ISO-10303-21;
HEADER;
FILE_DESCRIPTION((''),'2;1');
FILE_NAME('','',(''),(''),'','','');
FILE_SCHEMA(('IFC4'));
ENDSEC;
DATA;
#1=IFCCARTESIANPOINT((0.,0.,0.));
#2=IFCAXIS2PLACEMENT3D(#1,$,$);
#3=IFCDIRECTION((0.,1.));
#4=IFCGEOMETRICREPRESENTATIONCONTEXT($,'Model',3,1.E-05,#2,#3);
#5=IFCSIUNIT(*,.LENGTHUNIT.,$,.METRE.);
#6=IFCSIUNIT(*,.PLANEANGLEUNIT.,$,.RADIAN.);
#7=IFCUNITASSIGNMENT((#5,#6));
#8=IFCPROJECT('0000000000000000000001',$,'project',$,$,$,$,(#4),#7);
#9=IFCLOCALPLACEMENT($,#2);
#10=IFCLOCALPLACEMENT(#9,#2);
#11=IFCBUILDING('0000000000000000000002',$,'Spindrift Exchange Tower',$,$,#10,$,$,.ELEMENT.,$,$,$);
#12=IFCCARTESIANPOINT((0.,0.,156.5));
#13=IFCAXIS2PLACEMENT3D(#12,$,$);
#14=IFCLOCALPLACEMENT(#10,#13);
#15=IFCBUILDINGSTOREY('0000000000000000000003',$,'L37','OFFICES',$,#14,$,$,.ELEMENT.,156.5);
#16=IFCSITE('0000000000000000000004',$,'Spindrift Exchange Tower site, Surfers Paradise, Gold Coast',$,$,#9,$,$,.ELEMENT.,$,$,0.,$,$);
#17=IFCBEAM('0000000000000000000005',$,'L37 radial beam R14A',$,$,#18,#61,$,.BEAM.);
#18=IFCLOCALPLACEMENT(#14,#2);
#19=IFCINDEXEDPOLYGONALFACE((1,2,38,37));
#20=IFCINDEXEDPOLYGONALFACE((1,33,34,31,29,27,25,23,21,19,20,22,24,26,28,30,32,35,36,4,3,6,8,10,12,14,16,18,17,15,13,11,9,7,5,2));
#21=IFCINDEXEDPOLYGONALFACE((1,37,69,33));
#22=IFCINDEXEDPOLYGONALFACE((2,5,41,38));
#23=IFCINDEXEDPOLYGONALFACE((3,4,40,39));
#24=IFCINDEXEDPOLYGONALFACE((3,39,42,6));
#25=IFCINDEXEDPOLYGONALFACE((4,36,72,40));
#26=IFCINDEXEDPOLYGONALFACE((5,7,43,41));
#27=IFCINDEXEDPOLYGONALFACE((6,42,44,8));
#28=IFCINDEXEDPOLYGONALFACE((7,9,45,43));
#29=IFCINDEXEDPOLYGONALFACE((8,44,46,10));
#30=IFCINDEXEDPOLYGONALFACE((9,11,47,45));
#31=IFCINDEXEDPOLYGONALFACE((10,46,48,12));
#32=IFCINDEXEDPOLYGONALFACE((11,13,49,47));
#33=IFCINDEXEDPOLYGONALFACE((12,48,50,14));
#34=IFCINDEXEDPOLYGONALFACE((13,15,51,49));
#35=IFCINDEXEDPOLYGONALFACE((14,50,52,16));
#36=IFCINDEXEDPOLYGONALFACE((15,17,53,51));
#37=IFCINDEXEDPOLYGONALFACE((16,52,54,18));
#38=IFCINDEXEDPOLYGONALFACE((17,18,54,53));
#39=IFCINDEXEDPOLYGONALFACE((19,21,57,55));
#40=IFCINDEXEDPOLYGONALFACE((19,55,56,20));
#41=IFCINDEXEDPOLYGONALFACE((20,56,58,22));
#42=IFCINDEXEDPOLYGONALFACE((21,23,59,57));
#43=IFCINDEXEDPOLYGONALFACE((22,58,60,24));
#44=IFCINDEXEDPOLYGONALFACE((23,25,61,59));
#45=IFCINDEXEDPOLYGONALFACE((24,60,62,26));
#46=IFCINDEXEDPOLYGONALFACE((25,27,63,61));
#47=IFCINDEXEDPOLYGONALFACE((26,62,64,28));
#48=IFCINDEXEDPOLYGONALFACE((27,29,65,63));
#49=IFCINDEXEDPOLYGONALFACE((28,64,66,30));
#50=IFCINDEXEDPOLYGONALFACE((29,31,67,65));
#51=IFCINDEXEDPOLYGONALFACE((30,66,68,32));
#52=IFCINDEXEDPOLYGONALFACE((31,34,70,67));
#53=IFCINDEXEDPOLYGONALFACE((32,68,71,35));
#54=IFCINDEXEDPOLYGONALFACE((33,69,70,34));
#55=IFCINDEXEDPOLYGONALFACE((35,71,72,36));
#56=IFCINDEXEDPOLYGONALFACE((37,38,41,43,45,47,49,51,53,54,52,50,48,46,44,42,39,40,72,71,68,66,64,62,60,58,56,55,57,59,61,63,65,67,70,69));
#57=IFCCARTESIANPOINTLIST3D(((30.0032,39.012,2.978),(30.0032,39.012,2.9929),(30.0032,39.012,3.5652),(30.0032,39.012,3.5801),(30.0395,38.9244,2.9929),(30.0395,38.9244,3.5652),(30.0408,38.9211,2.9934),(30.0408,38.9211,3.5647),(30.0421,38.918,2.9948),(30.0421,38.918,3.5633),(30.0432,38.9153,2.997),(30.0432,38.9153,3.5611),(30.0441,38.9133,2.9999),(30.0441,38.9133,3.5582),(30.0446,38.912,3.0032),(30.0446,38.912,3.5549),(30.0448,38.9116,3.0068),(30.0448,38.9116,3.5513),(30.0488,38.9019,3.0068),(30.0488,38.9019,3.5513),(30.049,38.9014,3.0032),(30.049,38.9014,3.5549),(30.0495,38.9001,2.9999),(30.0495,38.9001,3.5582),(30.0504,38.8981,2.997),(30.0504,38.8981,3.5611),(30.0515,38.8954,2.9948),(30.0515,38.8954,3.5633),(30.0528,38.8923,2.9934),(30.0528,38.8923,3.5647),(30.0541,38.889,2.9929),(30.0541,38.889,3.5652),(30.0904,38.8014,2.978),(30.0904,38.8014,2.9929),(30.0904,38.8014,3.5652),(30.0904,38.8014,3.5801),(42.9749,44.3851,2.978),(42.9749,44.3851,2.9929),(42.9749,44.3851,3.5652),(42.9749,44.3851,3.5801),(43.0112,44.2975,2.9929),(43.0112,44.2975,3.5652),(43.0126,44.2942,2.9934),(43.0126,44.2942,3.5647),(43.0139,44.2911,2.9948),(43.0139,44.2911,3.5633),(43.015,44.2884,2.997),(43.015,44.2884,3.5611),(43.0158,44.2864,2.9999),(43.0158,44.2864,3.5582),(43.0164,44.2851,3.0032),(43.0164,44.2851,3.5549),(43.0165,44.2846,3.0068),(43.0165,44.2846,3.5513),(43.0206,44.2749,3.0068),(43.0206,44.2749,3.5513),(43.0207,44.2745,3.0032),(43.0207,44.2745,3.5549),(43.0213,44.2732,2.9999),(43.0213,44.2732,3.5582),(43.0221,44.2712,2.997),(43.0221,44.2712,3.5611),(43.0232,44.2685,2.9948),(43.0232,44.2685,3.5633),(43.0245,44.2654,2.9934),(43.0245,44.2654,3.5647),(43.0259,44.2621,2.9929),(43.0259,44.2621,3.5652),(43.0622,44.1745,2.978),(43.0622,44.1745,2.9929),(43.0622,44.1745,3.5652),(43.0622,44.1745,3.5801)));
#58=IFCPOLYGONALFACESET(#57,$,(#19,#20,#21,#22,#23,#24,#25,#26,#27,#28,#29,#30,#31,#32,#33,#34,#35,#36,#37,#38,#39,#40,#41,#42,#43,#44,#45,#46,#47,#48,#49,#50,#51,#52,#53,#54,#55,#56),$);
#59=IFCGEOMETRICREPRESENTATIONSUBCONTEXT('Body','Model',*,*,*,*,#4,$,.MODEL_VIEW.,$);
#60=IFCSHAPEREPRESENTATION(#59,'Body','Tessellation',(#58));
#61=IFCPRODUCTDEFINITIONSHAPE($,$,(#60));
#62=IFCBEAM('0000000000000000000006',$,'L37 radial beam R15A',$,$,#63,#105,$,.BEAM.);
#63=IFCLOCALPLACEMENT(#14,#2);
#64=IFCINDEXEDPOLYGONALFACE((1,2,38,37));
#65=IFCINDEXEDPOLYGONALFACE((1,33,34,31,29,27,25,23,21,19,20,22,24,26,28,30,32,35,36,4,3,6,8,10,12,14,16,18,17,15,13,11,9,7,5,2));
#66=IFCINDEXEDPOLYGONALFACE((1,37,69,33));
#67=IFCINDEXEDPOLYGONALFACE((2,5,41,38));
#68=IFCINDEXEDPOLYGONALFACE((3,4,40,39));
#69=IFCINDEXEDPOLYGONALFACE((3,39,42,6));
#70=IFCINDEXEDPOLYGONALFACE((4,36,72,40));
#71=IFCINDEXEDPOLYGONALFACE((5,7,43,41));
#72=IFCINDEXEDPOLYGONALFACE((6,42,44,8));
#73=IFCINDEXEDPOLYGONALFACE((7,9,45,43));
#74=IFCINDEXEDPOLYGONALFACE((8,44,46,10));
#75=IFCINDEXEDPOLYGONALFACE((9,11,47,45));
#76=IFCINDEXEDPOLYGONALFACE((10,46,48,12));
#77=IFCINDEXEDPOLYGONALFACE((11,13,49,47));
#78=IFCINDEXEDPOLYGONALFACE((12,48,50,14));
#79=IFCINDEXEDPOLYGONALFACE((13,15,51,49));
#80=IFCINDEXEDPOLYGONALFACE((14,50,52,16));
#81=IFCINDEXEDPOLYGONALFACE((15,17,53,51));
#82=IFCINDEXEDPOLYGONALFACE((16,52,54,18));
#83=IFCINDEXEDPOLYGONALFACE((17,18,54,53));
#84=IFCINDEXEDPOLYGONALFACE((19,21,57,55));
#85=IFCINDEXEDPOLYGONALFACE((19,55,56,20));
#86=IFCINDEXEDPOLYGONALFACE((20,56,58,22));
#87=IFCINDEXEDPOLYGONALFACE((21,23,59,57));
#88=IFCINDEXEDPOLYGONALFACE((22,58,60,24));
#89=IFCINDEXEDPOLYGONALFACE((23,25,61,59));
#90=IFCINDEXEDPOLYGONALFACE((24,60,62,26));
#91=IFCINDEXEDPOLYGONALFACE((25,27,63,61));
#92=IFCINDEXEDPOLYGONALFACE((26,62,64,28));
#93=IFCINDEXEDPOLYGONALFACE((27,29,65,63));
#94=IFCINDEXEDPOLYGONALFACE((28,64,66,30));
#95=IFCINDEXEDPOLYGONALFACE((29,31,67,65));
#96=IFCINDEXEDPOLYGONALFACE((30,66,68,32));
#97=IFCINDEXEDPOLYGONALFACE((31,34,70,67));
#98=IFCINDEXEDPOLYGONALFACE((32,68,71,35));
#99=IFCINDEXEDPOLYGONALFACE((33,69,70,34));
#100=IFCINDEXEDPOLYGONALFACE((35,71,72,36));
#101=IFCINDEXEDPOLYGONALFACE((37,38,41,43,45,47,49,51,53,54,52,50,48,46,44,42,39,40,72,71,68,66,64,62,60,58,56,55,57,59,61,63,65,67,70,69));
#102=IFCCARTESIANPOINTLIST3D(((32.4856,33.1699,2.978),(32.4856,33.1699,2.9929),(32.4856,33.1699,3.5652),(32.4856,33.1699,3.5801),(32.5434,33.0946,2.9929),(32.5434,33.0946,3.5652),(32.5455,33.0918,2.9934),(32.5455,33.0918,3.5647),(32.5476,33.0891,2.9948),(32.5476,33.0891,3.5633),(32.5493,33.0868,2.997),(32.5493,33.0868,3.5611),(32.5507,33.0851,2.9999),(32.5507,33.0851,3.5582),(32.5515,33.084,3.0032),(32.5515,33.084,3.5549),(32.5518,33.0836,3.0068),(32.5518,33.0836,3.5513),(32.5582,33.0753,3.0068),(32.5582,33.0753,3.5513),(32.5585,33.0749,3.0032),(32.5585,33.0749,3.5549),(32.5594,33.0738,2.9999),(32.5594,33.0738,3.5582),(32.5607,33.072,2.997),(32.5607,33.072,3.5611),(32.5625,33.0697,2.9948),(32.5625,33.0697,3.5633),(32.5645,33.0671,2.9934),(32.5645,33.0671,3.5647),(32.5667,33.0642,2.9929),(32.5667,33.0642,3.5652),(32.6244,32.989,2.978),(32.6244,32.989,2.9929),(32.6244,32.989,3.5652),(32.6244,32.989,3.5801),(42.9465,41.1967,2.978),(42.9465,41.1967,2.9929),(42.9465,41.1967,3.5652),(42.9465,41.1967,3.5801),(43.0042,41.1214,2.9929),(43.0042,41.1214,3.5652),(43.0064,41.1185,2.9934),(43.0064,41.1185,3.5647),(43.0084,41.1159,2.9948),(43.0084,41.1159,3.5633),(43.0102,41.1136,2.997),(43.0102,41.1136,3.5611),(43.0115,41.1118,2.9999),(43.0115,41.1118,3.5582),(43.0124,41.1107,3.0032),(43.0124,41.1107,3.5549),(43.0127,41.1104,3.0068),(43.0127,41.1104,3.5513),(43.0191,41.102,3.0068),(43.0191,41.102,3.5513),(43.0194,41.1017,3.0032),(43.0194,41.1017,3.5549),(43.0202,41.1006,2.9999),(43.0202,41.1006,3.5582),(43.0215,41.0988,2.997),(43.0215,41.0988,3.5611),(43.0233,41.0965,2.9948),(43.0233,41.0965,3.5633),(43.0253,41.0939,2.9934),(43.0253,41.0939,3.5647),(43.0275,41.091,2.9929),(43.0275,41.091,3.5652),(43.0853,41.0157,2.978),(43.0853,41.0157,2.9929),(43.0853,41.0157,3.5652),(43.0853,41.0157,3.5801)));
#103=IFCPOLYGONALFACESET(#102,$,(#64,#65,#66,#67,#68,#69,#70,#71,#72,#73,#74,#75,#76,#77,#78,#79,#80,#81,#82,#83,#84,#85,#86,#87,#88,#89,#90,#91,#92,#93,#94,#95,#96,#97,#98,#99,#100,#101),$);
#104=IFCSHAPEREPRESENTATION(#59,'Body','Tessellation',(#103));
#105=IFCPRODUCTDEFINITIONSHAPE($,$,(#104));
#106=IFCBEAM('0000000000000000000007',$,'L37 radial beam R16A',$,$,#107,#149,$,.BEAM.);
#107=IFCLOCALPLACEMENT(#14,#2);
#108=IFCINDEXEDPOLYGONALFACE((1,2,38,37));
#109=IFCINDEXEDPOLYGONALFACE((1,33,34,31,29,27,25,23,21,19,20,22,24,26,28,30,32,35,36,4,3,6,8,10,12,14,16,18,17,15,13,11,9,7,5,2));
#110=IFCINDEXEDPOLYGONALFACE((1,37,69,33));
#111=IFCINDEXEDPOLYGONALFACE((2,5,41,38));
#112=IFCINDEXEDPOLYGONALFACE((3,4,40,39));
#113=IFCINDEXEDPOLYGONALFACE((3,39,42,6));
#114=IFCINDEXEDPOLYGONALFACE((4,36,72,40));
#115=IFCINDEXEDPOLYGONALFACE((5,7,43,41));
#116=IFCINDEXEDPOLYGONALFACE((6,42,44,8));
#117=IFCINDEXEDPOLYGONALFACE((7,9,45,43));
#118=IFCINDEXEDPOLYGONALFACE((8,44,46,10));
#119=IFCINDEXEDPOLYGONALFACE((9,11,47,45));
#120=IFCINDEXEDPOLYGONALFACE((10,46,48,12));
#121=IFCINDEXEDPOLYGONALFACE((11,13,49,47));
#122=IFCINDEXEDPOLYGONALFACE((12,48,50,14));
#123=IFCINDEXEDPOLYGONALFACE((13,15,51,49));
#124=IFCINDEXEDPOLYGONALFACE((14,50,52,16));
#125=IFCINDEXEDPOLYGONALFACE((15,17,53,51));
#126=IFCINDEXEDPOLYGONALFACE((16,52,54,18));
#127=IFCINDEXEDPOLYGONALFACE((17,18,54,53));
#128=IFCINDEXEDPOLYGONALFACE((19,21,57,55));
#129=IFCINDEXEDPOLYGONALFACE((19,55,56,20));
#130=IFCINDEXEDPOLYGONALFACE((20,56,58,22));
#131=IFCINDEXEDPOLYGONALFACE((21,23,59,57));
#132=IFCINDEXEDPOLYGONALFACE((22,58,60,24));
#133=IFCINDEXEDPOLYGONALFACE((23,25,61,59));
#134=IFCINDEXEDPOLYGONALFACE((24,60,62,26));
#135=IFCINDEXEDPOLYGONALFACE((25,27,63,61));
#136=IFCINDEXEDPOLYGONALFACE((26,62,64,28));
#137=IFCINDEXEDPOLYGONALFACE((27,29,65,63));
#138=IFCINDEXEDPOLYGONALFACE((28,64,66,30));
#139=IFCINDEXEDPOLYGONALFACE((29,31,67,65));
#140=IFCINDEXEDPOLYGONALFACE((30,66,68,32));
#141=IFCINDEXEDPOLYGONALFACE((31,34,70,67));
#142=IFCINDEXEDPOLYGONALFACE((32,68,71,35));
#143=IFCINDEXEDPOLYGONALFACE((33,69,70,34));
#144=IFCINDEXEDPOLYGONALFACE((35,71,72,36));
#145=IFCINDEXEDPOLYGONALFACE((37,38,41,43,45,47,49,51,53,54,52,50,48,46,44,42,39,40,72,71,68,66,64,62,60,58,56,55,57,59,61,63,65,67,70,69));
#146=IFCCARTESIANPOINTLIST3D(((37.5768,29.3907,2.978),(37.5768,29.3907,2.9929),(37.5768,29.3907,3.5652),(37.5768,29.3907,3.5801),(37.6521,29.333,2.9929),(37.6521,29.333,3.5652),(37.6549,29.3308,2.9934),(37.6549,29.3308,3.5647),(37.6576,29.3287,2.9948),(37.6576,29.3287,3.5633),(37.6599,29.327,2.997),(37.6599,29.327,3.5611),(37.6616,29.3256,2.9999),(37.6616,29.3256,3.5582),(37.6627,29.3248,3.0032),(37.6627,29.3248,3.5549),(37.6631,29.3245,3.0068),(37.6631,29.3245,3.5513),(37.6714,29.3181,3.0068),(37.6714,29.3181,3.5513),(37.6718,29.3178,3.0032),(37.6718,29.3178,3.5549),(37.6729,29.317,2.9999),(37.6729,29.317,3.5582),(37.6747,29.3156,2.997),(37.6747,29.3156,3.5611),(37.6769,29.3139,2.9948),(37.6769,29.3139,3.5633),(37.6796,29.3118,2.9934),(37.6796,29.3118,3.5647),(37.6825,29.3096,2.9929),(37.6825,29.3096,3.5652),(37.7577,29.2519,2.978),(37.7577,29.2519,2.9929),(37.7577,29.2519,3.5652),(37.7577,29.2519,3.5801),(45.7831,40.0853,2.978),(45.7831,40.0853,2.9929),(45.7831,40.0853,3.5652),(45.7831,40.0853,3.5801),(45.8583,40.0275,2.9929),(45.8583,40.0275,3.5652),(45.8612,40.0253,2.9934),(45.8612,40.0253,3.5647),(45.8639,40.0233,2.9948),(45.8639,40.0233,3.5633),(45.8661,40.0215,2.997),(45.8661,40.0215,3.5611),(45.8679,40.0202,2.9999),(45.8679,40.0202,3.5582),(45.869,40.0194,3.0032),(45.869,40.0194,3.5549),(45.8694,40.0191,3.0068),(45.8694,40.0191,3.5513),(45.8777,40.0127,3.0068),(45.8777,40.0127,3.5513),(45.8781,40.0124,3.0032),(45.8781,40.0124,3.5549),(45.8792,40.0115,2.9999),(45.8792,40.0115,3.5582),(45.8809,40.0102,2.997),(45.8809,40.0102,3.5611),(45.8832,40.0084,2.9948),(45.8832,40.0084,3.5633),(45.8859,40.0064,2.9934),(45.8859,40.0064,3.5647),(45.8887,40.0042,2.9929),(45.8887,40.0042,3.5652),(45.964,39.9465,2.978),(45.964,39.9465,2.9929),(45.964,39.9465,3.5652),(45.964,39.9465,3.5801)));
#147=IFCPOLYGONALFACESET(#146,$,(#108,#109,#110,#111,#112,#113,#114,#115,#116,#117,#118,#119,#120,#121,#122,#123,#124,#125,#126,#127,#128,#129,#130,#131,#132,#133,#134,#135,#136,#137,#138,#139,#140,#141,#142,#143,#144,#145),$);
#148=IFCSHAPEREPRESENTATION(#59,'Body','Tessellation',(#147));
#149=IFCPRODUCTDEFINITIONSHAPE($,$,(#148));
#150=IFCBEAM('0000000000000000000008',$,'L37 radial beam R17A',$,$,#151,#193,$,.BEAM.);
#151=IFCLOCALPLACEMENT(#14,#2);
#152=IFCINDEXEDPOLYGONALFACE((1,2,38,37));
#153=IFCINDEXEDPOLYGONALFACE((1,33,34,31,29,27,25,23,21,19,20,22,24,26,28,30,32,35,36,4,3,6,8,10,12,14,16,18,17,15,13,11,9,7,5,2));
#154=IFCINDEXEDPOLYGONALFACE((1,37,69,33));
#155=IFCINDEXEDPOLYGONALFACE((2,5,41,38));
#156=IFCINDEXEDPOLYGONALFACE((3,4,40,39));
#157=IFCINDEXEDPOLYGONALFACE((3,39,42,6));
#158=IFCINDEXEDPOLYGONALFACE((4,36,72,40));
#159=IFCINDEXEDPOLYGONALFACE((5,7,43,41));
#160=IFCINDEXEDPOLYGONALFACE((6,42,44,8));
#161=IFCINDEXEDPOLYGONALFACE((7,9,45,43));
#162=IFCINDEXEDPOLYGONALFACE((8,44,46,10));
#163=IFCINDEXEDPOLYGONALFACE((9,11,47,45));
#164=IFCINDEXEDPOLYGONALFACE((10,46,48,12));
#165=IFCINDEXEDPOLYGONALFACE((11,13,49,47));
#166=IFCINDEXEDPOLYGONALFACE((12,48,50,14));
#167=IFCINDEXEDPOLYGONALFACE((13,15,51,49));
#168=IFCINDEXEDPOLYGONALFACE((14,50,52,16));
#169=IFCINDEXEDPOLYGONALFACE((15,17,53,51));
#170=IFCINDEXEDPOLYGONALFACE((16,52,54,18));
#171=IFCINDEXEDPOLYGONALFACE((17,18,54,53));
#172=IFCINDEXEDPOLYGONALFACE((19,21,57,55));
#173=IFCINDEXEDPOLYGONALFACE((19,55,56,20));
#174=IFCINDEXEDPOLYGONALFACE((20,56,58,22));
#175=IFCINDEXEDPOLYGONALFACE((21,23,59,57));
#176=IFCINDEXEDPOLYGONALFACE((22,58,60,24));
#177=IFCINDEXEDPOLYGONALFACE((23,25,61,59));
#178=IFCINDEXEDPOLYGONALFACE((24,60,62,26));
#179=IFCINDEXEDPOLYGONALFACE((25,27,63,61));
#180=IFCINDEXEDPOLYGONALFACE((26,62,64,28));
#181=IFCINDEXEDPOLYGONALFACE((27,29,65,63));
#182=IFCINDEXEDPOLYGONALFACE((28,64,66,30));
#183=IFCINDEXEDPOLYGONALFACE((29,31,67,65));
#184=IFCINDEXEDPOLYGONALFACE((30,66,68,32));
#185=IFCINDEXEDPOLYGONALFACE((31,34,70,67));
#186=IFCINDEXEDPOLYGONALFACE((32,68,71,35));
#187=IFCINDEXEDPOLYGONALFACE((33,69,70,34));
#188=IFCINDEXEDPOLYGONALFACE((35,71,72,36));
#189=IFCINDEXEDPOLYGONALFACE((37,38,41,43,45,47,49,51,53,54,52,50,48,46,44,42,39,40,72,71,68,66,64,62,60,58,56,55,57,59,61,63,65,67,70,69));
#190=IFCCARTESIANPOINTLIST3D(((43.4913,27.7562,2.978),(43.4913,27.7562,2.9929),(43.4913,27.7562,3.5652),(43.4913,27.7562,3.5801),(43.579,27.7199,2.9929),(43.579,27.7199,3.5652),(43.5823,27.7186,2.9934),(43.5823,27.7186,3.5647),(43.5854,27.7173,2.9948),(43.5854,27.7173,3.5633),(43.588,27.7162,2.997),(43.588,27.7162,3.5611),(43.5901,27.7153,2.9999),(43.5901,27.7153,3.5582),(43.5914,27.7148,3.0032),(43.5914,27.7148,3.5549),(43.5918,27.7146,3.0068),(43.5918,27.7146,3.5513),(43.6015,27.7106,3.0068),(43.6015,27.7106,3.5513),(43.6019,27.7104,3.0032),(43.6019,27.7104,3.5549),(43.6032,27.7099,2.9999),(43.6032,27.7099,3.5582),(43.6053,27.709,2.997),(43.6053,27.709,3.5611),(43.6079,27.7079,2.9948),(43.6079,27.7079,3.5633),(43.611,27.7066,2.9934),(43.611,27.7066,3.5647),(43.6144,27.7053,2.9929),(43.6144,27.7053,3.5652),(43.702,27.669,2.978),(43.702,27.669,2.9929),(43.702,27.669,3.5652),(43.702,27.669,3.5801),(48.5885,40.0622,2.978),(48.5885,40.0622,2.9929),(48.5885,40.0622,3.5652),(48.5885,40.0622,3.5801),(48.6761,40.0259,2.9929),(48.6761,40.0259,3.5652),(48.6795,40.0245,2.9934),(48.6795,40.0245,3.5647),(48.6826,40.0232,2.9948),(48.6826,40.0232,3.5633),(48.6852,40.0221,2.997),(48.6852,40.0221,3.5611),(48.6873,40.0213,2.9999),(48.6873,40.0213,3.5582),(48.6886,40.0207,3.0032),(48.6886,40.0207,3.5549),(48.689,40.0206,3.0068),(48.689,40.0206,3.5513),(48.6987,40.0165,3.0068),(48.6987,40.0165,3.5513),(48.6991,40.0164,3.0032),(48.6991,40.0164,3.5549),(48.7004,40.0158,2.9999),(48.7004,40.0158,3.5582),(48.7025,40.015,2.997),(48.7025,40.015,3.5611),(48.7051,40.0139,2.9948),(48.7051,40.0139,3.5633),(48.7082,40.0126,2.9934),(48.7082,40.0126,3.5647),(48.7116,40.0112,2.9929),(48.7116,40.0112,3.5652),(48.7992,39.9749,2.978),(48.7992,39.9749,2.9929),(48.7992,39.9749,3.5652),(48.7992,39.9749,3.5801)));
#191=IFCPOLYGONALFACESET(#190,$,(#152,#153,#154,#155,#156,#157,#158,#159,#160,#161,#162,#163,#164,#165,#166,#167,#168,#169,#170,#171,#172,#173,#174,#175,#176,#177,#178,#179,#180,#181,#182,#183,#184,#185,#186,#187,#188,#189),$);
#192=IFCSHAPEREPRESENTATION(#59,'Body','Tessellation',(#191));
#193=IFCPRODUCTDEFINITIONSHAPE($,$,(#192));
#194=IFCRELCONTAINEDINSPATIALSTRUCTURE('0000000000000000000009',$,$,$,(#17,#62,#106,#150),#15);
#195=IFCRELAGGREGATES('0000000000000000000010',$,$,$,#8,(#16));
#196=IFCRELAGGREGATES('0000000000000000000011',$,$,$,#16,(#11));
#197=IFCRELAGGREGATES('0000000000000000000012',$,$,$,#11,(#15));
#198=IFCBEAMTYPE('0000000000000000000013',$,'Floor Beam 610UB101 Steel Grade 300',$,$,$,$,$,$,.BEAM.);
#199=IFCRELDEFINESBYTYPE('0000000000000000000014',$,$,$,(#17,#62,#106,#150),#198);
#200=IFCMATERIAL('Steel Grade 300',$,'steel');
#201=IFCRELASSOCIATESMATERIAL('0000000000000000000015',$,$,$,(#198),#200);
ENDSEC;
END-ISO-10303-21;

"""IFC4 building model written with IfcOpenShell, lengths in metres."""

from ifc_helpers import new_model, si_unit, direction, frame, origin, origin_2d, place, context, subcontext, project, spatial, i_section, extrude, source, transform, mapped, material, material_profile, profile_set, type_object, element, save


model = new_model("IFC4")

# Units and contexts
model_context = context("Model", 3, precision=1e-05, world=origin(), true_north=direction((0.0, 1.0)))
body_context = subcontext(model_context, "Body", "Model", "MODEL_VIEW")
ifc_project = project(units=[si_unit("LENGTHUNIT", "METRE"), si_unit("PLANEANGLEUNIT", "RADIAN")], contexts=[model_context])

# Site, building, storey
site_placement = place(None, origin())
site = spatial("IfcSite", under=ifc_project, at=site_placement, Name="Spindrift Exchange Tower site, Surfers Paradise, Gold Coast", CompositionType="ELEMENT", RefElevation=0.0)
building_placement = place(site_placement, origin())
building = spatial("IfcBuilding", under=site, at=building_placement, Name="Spindrift Exchange Tower", CompositionType="ELEMENT")
storey_placement = place(building_placement, frame((0.0, 0.0, 156.5)))
storey = spatial("IfcBuildingStorey", under=building, at=storey_placement, Name="L37", Description="OFFICES", CompositionType="ELEMENT", Elevation=156.5)

# Beams
ifc_material_1 = material(Name="Steel Grade 300", Category="steel")
ifc_material_profile = material_profile(ifc_material_1, i_section(OverallWidth=0.228, OverallDepth=0.6021, WebThickness=0.0105, FlangeThickness=0.0149, FilletRadius=0.0139, at=origin_2d()), Name="610UB101")
ifc_profile_set = profile_set([ifc_material_profile], Name="Steel Grade 300")
beam_type = type_object("IfcBeamType", Name="Floor Beam 610UB101 Steel Grade 300", PredefinedType="BEAM", material=ifc_profile_set)
shared_shape_1 = source(origin(), body_context, "Body", "SweptSolid", [
    extrude(i_section(OverallWidth=0.228, OverallDepth=0.6021, WebThickness=0.0105, FlangeThickness=0.0149, FilletRadius=0.0139, at=origin_2d()), origin(), (0.0, 0.0, 1.0), 14.0405),
])
beam_1_placement = place(storey_placement, frame((43.0186, 44.2798, 3.2791), z_axis=(-0.92388, -0.382684, 0.0), x_axis=(0.382684, -0.92388, 0.0)))
element("IfcBeam", 1, at=beam_1_placement, inside=storey, type_object=beam_type, Name="L37 radial beam R14A", PredefinedType="BEAM", context=body_context, shape_type="MappedRepresentation", body=[
    mapped(shared_shape_1, transform((0.0, 0.0, 0.0), scale=1.0)),
])
shared_shape_2 = source(origin(), body_context, "Body", "SweptSolid", [
    extrude(i_section(OverallWidth=0.228, OverallDepth=0.6021, WebThickness=0.0105, FlangeThickness=0.0149, FilletRadius=0.0139, at=origin_2d()), origin(), (0.0, 0.0, 1.0), 13.1855),
])
beam_2_placement = place(storey_placement, frame((43.0159, 41.1062, 3.2791), z_axis=(-0.793357, -0.608756, 0.0), x_axis=(0.608756, -0.793357, 0.0)))
element("IfcBeam", 2, at=beam_2_placement, inside=storey, type_object=beam_type, Name="L37 radial beam R15A", PredefinedType="BEAM", context=body_context, shape_type="MappedRepresentation", body=[
    mapped(shared_shape_2, transform((0.0, 0.0, 0.0), scale=1.0)),
])
shared_shape_3 = source(origin(), body_context, "Body", "SweptSolid", [
    extrude(i_section(OverallWidth=0.228, OverallDepth=0.6021, WebThickness=0.0105, FlangeThickness=0.0149, FilletRadius=0.0139, at=origin_2d()), origin(), (0.0, 0.0, 1.0), 13.4802),
])
beam_3_placement = place(storey_placement, frame((45.8735, 40.0159, 3.2791), z_axis=(-0.608764, -0.793351, 0.0), x_axis=(0.793351, -0.608764, 0.0)))
element("IfcBeam", 3, at=beam_3_placement, inside=storey, type_object=beam_type, Name="L37 radial beam R16A", PredefinedType="BEAM", context=body_context, shape_type="MappedRepresentation", body=[
    mapped(shared_shape_3, transform((0.0, 0.0, 0.0), scale=1.0)),
])
shared_shape_4 = source(origin(), body_context, "Body", "SweptSolid", [
    extrude(i_section(OverallWidth=0.228, OverallDepth=0.6021, WebThickness=0.0105, FlangeThickness=0.0149, FilletRadius=0.0139, at=origin_2d()), origin(), (0.0, 0.0, 1.0), 13.3198),
])
beam_4_placement = place(storey_placement, frame((48.6938, 40.0186, 3.2791), z_axis=(-0.382677, -0.923882, 0.0), x_axis=(0.923882, -0.382677, 0.0)))
element("IfcBeam", 4, at=beam_4_placement, inside=storey, type_object=beam_type, Name="L37 radial beam R17A", PredefinedType="BEAM", context=body_context, shape_type="MappedRepresentation", body=[
    mapped(shared_shape_4, transform((0.0, 0.0, 0.0), scale=1.0)),
])

save(model, "model.ifc")
